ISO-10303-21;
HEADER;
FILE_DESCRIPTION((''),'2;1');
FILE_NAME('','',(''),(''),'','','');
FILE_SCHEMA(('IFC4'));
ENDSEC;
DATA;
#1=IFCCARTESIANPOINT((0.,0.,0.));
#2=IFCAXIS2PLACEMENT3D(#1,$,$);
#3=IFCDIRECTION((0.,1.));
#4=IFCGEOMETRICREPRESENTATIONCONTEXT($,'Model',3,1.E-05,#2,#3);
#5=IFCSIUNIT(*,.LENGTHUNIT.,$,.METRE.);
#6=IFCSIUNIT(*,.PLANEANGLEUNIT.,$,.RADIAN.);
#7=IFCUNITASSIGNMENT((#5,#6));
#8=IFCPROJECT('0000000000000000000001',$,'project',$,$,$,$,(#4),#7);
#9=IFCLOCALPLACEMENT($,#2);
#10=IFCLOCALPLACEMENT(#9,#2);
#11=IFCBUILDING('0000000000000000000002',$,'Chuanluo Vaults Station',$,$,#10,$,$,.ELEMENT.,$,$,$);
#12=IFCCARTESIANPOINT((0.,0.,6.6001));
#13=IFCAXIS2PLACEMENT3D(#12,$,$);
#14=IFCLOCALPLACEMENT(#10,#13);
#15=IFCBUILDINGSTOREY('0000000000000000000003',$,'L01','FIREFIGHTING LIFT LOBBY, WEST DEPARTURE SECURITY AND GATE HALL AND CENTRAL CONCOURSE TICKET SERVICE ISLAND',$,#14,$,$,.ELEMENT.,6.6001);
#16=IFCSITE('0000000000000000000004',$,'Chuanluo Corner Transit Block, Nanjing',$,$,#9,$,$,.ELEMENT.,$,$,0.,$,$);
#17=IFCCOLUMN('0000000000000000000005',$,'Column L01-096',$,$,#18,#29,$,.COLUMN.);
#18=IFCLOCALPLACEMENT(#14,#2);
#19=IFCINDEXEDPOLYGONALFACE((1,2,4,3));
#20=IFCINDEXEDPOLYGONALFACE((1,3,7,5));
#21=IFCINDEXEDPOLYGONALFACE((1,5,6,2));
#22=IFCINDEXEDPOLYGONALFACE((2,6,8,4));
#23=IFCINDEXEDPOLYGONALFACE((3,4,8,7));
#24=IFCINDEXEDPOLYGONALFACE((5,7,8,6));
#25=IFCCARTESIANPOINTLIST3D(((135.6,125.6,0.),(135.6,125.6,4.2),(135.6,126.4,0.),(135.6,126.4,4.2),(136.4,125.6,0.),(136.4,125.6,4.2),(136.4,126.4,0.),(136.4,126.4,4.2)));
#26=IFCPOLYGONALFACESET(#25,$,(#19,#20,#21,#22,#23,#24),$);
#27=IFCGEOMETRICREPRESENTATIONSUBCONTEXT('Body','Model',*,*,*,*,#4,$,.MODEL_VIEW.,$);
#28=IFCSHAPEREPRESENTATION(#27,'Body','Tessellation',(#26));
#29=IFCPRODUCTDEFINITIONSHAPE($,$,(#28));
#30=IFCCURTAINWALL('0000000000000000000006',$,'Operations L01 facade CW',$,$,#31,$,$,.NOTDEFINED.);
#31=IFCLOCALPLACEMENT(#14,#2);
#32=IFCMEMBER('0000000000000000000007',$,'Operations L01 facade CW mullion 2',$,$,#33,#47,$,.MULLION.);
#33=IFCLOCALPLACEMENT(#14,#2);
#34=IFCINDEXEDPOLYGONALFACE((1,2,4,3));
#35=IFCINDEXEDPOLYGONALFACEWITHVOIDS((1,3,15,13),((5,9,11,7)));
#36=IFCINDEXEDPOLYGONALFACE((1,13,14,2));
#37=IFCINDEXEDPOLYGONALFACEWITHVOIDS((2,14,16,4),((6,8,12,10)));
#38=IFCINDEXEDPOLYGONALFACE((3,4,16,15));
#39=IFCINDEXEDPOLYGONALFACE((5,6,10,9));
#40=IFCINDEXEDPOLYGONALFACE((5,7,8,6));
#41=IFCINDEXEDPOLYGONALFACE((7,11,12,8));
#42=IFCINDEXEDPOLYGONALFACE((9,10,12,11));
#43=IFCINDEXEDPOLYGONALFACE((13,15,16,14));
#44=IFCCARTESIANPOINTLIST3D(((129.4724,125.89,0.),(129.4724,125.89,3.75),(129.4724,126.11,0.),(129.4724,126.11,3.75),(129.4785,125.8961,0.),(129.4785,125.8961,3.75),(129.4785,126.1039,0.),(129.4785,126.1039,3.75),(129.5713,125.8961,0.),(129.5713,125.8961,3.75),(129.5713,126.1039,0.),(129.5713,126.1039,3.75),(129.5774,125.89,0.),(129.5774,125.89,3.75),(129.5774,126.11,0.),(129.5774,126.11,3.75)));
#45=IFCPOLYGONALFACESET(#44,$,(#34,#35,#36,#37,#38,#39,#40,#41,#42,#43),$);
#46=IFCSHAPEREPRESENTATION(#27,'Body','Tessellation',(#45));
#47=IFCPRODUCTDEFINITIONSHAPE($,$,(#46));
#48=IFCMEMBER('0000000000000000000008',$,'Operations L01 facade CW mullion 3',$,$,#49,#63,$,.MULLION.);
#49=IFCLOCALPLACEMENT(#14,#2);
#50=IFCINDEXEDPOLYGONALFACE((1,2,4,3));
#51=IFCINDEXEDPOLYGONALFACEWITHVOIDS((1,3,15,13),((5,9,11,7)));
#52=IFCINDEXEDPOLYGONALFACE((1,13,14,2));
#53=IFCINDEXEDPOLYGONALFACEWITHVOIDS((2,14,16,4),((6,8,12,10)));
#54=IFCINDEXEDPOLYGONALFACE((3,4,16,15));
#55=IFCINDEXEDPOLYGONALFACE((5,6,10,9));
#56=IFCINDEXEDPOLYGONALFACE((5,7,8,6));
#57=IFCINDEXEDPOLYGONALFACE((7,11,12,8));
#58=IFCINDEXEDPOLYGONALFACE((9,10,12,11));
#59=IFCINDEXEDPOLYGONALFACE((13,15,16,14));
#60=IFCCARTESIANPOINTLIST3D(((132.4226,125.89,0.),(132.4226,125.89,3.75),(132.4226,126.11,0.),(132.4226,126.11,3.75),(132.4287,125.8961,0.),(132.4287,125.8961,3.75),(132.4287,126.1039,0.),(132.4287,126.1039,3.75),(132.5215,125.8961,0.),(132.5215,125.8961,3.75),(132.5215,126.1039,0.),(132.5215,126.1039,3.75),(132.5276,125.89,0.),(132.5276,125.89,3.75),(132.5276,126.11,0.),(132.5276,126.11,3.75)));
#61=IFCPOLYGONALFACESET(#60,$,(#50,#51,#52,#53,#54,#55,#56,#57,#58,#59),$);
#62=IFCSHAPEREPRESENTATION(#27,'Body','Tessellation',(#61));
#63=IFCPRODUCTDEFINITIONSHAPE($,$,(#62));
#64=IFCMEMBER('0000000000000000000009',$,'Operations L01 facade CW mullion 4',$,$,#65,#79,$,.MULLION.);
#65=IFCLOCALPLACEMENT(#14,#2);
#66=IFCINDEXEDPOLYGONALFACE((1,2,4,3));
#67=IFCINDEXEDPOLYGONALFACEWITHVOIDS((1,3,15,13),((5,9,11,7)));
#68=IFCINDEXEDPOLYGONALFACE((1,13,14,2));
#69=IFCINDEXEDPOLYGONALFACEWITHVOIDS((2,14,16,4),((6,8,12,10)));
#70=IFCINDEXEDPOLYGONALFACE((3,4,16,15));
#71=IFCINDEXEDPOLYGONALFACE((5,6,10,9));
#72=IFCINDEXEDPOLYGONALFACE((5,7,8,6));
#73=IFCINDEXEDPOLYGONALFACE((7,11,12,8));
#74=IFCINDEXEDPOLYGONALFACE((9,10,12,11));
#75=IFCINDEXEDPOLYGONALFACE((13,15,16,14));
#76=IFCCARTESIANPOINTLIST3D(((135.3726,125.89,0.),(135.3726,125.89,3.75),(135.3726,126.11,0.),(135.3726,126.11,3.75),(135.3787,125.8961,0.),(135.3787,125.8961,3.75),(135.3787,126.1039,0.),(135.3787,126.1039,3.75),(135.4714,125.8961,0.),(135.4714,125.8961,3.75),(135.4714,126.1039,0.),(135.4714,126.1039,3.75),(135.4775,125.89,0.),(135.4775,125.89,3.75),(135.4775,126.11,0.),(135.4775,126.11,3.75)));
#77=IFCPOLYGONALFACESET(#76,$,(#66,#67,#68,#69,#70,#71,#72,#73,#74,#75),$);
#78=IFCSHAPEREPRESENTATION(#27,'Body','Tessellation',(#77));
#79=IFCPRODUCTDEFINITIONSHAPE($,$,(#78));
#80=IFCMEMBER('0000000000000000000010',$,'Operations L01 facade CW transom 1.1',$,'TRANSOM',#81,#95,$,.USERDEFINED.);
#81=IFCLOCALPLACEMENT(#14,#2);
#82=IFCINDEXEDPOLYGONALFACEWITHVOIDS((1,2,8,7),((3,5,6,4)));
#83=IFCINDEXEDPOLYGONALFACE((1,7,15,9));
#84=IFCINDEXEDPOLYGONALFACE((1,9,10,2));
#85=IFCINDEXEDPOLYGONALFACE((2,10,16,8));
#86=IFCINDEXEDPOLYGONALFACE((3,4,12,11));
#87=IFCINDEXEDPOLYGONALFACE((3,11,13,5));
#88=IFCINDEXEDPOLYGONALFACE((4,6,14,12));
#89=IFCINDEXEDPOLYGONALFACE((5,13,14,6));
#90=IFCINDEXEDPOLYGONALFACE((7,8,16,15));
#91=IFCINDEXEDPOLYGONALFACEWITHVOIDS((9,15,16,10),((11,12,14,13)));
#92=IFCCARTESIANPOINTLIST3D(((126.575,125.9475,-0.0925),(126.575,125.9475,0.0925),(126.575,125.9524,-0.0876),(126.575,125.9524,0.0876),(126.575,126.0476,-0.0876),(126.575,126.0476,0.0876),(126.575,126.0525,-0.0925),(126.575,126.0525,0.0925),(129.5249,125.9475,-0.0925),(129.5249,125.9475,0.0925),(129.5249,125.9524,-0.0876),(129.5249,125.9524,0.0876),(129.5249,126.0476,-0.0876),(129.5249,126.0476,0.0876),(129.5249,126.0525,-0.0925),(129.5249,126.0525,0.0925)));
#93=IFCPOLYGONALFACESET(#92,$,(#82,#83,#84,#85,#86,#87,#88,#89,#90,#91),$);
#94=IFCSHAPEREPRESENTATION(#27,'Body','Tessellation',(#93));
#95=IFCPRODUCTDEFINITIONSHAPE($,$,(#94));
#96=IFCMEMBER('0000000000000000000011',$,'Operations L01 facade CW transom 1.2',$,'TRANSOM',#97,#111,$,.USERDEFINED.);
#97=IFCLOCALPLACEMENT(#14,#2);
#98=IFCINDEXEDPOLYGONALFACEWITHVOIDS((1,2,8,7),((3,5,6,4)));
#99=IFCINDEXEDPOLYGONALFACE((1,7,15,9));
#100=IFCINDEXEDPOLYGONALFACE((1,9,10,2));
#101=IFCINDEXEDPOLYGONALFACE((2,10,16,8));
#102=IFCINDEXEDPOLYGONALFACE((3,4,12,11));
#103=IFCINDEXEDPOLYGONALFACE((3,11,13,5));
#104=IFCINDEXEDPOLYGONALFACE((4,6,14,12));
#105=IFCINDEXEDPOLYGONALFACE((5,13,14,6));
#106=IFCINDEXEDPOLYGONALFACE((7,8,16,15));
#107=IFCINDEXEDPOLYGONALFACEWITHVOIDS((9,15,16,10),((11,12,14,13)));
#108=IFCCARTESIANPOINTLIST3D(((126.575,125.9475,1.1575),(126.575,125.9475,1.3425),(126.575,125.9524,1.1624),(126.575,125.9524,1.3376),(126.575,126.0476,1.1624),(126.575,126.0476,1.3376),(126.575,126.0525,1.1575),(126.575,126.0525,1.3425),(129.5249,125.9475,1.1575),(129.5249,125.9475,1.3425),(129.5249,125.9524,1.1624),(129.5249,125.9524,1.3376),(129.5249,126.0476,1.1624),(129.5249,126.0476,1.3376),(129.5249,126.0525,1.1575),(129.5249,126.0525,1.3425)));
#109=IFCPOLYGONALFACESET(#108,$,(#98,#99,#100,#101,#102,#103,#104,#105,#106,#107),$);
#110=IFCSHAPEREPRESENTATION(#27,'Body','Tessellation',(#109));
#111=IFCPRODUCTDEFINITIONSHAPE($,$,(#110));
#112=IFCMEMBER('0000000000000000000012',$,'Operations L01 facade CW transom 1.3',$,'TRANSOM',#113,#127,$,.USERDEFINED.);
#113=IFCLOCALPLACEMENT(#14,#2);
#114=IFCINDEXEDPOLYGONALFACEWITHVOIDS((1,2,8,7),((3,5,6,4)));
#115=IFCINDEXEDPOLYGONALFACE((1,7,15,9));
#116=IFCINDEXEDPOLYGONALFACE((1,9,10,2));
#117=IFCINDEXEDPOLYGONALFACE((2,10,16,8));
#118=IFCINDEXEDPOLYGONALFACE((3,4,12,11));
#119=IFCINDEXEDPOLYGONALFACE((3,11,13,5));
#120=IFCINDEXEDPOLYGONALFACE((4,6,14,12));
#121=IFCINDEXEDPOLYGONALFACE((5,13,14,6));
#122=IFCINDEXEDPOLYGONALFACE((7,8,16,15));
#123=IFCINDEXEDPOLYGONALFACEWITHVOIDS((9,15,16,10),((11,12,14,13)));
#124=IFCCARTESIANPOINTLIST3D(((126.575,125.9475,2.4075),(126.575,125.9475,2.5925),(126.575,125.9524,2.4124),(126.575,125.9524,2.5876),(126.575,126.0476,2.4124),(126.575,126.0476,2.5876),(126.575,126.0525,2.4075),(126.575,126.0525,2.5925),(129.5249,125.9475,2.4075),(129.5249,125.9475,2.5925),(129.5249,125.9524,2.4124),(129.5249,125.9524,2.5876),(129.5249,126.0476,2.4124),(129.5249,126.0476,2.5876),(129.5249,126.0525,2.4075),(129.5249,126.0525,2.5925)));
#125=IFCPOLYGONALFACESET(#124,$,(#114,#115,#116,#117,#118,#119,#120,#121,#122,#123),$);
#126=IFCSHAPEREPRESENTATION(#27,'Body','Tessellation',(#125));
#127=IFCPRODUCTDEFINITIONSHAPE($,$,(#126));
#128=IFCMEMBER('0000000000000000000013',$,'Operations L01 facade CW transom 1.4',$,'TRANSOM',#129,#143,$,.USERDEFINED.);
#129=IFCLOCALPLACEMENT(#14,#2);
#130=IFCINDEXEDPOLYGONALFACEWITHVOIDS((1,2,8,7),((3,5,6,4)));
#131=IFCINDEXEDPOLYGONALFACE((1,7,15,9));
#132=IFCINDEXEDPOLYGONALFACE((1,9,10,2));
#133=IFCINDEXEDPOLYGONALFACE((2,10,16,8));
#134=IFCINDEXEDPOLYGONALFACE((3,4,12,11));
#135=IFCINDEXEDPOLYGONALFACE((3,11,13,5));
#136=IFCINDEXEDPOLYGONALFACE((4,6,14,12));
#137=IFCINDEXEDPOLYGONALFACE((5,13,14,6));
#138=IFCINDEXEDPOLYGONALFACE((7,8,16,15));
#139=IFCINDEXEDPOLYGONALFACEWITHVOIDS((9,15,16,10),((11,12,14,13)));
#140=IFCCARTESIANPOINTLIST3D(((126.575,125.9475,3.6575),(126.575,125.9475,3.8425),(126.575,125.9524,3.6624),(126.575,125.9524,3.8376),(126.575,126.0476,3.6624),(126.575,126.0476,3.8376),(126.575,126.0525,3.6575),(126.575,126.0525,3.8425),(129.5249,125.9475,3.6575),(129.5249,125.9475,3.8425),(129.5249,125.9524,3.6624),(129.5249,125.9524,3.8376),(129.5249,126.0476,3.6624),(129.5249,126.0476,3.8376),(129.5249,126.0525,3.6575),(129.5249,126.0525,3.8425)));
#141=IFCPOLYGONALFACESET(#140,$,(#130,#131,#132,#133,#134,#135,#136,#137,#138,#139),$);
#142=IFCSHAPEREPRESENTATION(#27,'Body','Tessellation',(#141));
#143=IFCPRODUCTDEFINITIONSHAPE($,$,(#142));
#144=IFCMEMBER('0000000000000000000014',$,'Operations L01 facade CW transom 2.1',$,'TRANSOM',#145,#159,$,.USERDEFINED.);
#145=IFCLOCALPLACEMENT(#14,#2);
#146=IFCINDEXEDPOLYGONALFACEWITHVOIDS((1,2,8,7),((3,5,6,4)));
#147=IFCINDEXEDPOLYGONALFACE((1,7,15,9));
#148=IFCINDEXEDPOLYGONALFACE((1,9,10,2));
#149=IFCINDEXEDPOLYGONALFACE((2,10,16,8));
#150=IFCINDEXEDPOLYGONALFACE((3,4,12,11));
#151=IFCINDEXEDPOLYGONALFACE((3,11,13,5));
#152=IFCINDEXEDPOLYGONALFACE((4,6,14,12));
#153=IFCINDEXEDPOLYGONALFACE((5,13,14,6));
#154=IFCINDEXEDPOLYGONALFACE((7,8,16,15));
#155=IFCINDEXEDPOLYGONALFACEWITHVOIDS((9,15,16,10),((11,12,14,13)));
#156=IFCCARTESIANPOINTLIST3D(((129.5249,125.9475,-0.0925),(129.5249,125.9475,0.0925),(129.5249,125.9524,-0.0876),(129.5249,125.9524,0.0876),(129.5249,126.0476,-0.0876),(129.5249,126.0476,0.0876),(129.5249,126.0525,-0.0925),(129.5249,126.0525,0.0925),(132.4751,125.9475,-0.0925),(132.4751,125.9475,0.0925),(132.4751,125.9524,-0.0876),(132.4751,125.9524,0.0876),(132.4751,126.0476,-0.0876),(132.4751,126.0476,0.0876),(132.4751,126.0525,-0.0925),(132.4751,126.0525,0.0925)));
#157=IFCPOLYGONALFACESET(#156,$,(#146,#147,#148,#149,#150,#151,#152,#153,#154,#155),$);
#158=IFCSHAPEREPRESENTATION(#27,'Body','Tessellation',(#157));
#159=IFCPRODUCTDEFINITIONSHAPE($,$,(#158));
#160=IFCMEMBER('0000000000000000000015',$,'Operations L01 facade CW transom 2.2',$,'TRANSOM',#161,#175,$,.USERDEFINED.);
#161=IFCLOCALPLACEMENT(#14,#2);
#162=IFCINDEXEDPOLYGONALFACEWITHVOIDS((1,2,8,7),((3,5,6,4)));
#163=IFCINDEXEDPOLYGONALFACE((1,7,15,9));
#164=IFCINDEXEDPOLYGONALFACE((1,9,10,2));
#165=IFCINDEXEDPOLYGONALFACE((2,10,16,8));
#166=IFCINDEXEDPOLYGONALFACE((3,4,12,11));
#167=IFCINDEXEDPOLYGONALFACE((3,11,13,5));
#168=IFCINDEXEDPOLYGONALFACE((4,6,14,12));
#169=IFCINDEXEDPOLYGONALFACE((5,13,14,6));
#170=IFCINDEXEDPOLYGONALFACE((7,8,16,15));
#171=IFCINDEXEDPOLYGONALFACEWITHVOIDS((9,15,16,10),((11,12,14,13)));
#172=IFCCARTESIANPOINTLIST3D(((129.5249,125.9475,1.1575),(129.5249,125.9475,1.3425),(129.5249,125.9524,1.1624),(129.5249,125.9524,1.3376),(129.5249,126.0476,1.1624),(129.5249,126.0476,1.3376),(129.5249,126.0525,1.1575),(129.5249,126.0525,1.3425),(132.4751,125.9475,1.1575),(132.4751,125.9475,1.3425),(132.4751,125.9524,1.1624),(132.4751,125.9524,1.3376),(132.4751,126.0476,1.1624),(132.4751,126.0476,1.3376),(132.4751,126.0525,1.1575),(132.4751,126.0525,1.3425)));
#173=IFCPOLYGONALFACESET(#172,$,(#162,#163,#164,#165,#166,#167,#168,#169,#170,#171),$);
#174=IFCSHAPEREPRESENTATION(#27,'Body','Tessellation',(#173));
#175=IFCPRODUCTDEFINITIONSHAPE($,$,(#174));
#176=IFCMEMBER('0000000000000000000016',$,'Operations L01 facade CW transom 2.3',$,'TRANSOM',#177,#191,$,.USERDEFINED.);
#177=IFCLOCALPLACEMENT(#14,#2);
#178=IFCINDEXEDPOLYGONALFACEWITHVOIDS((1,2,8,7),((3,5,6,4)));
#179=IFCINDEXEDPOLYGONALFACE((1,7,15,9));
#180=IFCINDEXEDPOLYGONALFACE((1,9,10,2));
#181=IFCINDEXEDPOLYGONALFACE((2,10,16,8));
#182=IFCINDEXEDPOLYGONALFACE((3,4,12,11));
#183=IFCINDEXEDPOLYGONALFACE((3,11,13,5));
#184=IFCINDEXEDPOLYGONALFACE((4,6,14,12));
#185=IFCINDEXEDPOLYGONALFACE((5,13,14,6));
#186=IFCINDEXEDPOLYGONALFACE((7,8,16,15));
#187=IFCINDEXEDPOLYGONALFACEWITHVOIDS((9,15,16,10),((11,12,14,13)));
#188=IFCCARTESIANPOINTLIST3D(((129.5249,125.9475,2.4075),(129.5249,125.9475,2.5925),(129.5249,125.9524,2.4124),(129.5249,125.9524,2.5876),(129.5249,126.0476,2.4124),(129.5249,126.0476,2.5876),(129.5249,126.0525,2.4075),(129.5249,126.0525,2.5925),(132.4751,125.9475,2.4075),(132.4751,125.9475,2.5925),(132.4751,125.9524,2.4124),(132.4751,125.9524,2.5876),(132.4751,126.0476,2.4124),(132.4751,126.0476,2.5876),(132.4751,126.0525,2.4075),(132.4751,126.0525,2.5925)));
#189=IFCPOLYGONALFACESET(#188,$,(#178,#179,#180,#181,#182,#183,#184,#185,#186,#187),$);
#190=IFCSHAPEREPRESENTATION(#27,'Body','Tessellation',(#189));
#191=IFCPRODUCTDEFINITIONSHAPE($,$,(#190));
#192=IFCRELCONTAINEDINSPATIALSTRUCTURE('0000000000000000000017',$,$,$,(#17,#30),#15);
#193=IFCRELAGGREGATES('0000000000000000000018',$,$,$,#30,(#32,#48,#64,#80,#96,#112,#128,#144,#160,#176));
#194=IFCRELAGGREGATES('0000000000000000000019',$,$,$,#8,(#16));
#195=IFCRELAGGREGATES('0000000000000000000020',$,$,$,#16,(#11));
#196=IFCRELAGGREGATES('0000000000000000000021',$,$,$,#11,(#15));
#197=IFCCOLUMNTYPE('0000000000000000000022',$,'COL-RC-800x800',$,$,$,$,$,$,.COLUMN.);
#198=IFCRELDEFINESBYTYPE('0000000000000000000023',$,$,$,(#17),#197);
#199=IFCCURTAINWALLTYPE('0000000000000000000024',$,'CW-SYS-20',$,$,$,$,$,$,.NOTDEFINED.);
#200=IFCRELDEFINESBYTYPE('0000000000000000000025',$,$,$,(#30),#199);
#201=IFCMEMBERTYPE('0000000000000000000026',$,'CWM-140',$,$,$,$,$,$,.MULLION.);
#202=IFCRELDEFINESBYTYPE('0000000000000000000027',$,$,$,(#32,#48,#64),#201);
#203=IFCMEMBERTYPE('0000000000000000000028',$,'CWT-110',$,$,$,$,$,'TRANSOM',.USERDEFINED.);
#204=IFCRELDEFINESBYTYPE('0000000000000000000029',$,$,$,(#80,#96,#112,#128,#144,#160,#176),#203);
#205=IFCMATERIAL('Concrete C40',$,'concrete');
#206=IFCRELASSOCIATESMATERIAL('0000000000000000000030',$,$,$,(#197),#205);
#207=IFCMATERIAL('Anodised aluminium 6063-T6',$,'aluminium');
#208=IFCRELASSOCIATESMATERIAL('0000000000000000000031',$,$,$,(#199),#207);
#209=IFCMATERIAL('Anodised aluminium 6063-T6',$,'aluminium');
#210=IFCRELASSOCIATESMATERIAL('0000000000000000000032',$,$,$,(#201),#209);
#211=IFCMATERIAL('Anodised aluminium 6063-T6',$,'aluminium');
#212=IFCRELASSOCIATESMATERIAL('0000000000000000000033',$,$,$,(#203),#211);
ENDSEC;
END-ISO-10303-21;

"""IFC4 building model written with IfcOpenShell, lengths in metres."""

from ifc_helpers import new_model, si_unit, direction, frame, origin, origin_2d, place, context, subcontext, project, spatial, rectangle, hollow_rectangle, extrude, material, material_profile, profile_set, type_object, element, aggregate, save


model = new_model("IFC4")

# Units and contexts
model_context = context("Model", 3, precision=1e-05, world=origin(), true_north=direction((0.0, 1.0)))
body_context = subcontext(model_context, "Body", "Model", "MODEL_VIEW")
ifc_project = project(units=[si_unit("LENGTHUNIT", "METRE"), si_unit("PLANEANGLEUNIT", "RADIAN")], contexts=[model_context])

# Site, building, storey
site_placement = place(None, origin())
site = spatial("IfcSite", under=ifc_project, at=site_placement, Name="Chuanluo Corner Transit Block, Nanjing", CompositionType="ELEMENT", RefElevation=0.0)
building_placement = place(site_placement, origin())
building = spatial("IfcBuilding", under=site, at=building_placement, Name="Chuanluo Vaults Station", CompositionType="ELEMENT")
storey_placement = place(building_placement, frame((0.0, 0.0, 6.6001)))
storey = spatial("IfcBuildingStorey", under=building, at=storey_placement, Name="L01", Description="FIREFIGHTING LIFT LOBBY, WEST DEPARTURE SECURITY AND GATE HALL AND CENTRAL CONCOURSE TICKET SERVICE ISLAND", CompositionType="ELEMENT", Elevation=6.6001)

# Column
ifc_material_1 = material(Name="Concrete C40", Category="concrete")
ifc_material_profile_1 = material_profile(ifc_material_1, rectangle(XDim=0.8, YDim=0.8, at=origin_2d()))
ifc_profile_set_1 = profile_set([ifc_material_profile_1], Name="Concrete C40")
column_type = type_object("IfcColumnType", Name="COL-RC-800x800", PredefinedType="COLUMN", material=ifc_profile_set_1)
column_placement = place(storey_placement, frame((136.0, 126.0, 0.0), z_axis=(0.0, 0.0, 1.0), x_axis=(1.0, 0.0, 0.0)))
element("IfcColumn", 1, at=column_placement, inside=storey, type_object=column_type, Name="Column L01-096", PredefinedType="COLUMN", context=body_context, shape_type="SweptSolid", body=[
    extrude(rectangle(XDim=0.8, YDim=0.8, at=origin_2d()), origin(), (0.0, 0.0, 1.0), 4.2),
])

# Curtain wall, members
ifc_material_2 = material(Name="Anodised aluminium 6063-T6", Category="aluminium")
curtain_wall_type = type_object("IfcCurtainWallType", Name="CW-SYS-20", PredefinedType="NOTDEFINED", material=ifc_material_2)
curtain_wall_placement = place(storey_placement, origin())
curtain_wall = element("IfcCurtainWall", 2, at=curtain_wall_placement, inside=storey, type_object=curtain_wall_type, Name="Operations L01 facade CW", PredefinedType="NOTDEFINED")
ifc_material_3 = material(Name="Anodised aluminium 6063-T6", Category="aluminium")
ifc_material_profile_2 = material_profile(ifc_material_3, hollow_rectangle(XDim=0.105, YDim=0.22, WallThickness=0.0061, at=origin_2d()))
ifc_profile_set_2 = profile_set([ifc_material_profile_2], Name="Anodised aluminium 6063-T6")
member_type_1 = type_object("IfcMemberType", Name="CWM-140", PredefinedType="MULLION", material=ifc_profile_set_2)
member_1_placement = place(storey_placement, frame((129.5249, 126.0, 0.0), z_axis=(0.0, 0.0, 1.0), x_axis=(1.0, 0.0, 0.0)))
member_1 = element("IfcMember", 3, at=member_1_placement, type_object=member_type_1, Name="Operations L01 facade CW mullion 2", PredefinedType="MULLION", context=body_context, shape_type="SweptSolid", body=[
    extrude(hollow_rectangle(XDim=0.105, YDim=0.22, WallThickness=0.0061, at=origin_2d()), origin(), (0.0, 0.0, 1.0), 3.75),
])
member_2_placement = place(storey_placement, frame((132.4751, 126.0, 0.0), z_axis=(0.0, 0.0, 1.0), x_axis=(1.0, 0.0, 0.0)))
member_2 = element("IfcMember", 4, at=member_2_placement, type_object=member_type_1, Name="Operations L01 facade CW mullion 3", PredefinedType="MULLION", context=body_context, shape_type="SweptSolid", body=[
    extrude(hollow_rectangle(XDim=0.105, YDim=0.22, WallThickness=0.0061, at=origin_2d()), origin(), (0.0, 0.0, 1.0), 3.75),
])
member_3_placement = place(storey_placement, frame((135.425, 126.0, 0.0), z_axis=(0.0, 0.0, 1.0), x_axis=(1.0, 0.0, 0.0)))
member_3 = element("IfcMember", 5, at=member_3_placement, type_object=member_type_1, Name="Operations L01 facade CW mullion 4", PredefinedType="MULLION", context=body_context, shape_type="SweptSolid", body=[
    extrude(hollow_rectangle(XDim=0.105, YDim=0.22, WallThickness=0.0061, at=origin_2d()), origin(), (0.0, 0.0, 1.0), 3.75),
])
ifc_material_4 = material(Name="Anodised aluminium 6063-T6", Category="aluminium")
ifc_material_profile_3 = material_profile(ifc_material_4, hollow_rectangle(XDim=0.105, YDim=0.1851, WallThickness=0.0049, at=origin_2d()))
ifc_profile_set_3 = profile_set([ifc_material_profile_3], Name="Anodised aluminium 6063-T6")
member_type_2 = type_object("IfcMemberType", Name="CWT-110", ElementType="TRANSOM", PredefinedType="USERDEFINED", material=ifc_profile_set_3)
member_4_placement = place(storey_placement, frame((126.575, 126.0, 0.0), z_axis=(1.0, 0.0, 0.0), x_axis=(0.0, 1.0, 0.0)))
member_4 = element("IfcMember", 6, at=member_4_placement, type_object=member_type_2, Name="Operations L01 facade CW transom 1.1", ObjectType="TRANSOM", PredefinedType="USERDEFINED", context=body_context, shape_type="SweptSolid", body=[
    extrude(hollow_rectangle(XDim=0.105, YDim=0.1851, WallThickness=0.0049, at=origin_2d()), origin(), (0.0, 0.0, 1.0), 2.95),
])
member_5_placement = place(storey_placement, frame((126.575, 126.0, 1.25), z_axis=(1.0, 0.0, 0.0), x_axis=(0.0, 1.0, 0.0)))
member_5 = element("IfcMember", 7, at=member_5_placement, type_object=member_type_2, Name="Operations L01 facade CW transom 1.2", ObjectType="TRANSOM", PredefinedType="USERDEFINED", context=body_context, shape_type="SweptSolid", body=[
    extrude(hollow_rectangle(XDim=0.105, YDim=0.1851, WallThickness=0.0049, at=origin_2d()), origin(), (0.0, 0.0, 1.0), 2.95),
])
member_6_placement = place(storey_placement, frame((126.575, 126.0, 2.5), z_axis=(1.0, 0.0, 0.0), x_axis=(0.0, 1.0, 0.0)))
member_6 = element("IfcMember", 8, at=member_6_placement, type_object=member_type_2, Name="Operations L01 facade CW transom 1.3", ObjectType="TRANSOM", PredefinedType="USERDEFINED", context=body_context, shape_type="SweptSolid", body=[
    extrude(hollow_rectangle(XDim=0.105, YDim=0.1851, WallThickness=0.0049, at=origin_2d()), origin(), (0.0, 0.0, 1.0), 2.95),
])
member_7_placement = place(storey_placement, frame((126.575, 126.0, 3.75), z_axis=(1.0, 0.0, 0.0), x_axis=(0.0, 1.0, 0.0)))
member_7 = element("IfcMember", 9, at=member_7_placement, type_object=member_type_2, Name="Operations L01 facade CW transom 1.4", ObjectType="TRANSOM", PredefinedType="USERDEFINED", context=body_context, shape_type="SweptSolid", body=[
    extrude(hollow_rectangle(XDim=0.105, YDim=0.1851, WallThickness=0.0049, at=origin_2d()), origin(), (0.0, 0.0, 1.0), 2.95),
])
member_8_placement = place(storey_placement, frame((129.5249, 126.0, 0.0), z_axis=(1.0, 0.0, 0.0), x_axis=(0.0, 1.0, 0.0)))
member_8 = element("IfcMember", 10, at=member_8_placement, type_object=member_type_2, Name="Operations L01 facade CW transom 2.1", ObjectType="TRANSOM", PredefinedType="USERDEFINED", context=body_context, shape_type="SweptSolid", body=[
    extrude(hollow_rectangle(XDim=0.105, YDim=0.1851, WallThickness=0.0049, at=origin_2d()), origin(), (0.0, 0.0, 1.0), 2.9502),
])
member_9_placement = place(storey_placement, frame((129.5249, 126.0, 1.25), z_axis=(1.0, 0.0, 0.0), x_axis=(0.0, 1.0, 0.0)))
member_9 = element("IfcMember", 11, at=member_9_placement, type_object=member_type_2, Name="Operations L01 facade CW transom 2.2", ObjectType="TRANSOM", PredefinedType="USERDEFINED", context=body_context, shape_type="SweptSolid", body=[
    extrude(hollow_rectangle(XDim=0.105, YDim=0.1851, WallThickness=0.0049, at=origin_2d()), origin(), (0.0, 0.0, 1.0), 2.9502),
])
member_10_placement = place(storey_placement, frame((129.5249, 126.0, 2.5), z_axis=(1.0, 0.0, 0.0), x_axis=(0.0, 1.0, 0.0)))
member_10 = element("IfcMember", 12, at=member_10_placement, type_object=member_type_2, Name="Operations L01 facade CW transom 2.3", ObjectType="TRANSOM", PredefinedType="USERDEFINED", context=body_context, shape_type="SweptSolid", body=[
    extrude(hollow_rectangle(XDim=0.105, YDim=0.1851, WallThickness=0.0049, at=origin_2d()), origin(), (0.0, 0.0, 1.0), 2.9502),
])
aggregate(curtain_wall, [member_1, member_2, member_3, member_4, member_5, member_6, member_7, member_8, member_9, member_10])

save(model, "model.ifc")
